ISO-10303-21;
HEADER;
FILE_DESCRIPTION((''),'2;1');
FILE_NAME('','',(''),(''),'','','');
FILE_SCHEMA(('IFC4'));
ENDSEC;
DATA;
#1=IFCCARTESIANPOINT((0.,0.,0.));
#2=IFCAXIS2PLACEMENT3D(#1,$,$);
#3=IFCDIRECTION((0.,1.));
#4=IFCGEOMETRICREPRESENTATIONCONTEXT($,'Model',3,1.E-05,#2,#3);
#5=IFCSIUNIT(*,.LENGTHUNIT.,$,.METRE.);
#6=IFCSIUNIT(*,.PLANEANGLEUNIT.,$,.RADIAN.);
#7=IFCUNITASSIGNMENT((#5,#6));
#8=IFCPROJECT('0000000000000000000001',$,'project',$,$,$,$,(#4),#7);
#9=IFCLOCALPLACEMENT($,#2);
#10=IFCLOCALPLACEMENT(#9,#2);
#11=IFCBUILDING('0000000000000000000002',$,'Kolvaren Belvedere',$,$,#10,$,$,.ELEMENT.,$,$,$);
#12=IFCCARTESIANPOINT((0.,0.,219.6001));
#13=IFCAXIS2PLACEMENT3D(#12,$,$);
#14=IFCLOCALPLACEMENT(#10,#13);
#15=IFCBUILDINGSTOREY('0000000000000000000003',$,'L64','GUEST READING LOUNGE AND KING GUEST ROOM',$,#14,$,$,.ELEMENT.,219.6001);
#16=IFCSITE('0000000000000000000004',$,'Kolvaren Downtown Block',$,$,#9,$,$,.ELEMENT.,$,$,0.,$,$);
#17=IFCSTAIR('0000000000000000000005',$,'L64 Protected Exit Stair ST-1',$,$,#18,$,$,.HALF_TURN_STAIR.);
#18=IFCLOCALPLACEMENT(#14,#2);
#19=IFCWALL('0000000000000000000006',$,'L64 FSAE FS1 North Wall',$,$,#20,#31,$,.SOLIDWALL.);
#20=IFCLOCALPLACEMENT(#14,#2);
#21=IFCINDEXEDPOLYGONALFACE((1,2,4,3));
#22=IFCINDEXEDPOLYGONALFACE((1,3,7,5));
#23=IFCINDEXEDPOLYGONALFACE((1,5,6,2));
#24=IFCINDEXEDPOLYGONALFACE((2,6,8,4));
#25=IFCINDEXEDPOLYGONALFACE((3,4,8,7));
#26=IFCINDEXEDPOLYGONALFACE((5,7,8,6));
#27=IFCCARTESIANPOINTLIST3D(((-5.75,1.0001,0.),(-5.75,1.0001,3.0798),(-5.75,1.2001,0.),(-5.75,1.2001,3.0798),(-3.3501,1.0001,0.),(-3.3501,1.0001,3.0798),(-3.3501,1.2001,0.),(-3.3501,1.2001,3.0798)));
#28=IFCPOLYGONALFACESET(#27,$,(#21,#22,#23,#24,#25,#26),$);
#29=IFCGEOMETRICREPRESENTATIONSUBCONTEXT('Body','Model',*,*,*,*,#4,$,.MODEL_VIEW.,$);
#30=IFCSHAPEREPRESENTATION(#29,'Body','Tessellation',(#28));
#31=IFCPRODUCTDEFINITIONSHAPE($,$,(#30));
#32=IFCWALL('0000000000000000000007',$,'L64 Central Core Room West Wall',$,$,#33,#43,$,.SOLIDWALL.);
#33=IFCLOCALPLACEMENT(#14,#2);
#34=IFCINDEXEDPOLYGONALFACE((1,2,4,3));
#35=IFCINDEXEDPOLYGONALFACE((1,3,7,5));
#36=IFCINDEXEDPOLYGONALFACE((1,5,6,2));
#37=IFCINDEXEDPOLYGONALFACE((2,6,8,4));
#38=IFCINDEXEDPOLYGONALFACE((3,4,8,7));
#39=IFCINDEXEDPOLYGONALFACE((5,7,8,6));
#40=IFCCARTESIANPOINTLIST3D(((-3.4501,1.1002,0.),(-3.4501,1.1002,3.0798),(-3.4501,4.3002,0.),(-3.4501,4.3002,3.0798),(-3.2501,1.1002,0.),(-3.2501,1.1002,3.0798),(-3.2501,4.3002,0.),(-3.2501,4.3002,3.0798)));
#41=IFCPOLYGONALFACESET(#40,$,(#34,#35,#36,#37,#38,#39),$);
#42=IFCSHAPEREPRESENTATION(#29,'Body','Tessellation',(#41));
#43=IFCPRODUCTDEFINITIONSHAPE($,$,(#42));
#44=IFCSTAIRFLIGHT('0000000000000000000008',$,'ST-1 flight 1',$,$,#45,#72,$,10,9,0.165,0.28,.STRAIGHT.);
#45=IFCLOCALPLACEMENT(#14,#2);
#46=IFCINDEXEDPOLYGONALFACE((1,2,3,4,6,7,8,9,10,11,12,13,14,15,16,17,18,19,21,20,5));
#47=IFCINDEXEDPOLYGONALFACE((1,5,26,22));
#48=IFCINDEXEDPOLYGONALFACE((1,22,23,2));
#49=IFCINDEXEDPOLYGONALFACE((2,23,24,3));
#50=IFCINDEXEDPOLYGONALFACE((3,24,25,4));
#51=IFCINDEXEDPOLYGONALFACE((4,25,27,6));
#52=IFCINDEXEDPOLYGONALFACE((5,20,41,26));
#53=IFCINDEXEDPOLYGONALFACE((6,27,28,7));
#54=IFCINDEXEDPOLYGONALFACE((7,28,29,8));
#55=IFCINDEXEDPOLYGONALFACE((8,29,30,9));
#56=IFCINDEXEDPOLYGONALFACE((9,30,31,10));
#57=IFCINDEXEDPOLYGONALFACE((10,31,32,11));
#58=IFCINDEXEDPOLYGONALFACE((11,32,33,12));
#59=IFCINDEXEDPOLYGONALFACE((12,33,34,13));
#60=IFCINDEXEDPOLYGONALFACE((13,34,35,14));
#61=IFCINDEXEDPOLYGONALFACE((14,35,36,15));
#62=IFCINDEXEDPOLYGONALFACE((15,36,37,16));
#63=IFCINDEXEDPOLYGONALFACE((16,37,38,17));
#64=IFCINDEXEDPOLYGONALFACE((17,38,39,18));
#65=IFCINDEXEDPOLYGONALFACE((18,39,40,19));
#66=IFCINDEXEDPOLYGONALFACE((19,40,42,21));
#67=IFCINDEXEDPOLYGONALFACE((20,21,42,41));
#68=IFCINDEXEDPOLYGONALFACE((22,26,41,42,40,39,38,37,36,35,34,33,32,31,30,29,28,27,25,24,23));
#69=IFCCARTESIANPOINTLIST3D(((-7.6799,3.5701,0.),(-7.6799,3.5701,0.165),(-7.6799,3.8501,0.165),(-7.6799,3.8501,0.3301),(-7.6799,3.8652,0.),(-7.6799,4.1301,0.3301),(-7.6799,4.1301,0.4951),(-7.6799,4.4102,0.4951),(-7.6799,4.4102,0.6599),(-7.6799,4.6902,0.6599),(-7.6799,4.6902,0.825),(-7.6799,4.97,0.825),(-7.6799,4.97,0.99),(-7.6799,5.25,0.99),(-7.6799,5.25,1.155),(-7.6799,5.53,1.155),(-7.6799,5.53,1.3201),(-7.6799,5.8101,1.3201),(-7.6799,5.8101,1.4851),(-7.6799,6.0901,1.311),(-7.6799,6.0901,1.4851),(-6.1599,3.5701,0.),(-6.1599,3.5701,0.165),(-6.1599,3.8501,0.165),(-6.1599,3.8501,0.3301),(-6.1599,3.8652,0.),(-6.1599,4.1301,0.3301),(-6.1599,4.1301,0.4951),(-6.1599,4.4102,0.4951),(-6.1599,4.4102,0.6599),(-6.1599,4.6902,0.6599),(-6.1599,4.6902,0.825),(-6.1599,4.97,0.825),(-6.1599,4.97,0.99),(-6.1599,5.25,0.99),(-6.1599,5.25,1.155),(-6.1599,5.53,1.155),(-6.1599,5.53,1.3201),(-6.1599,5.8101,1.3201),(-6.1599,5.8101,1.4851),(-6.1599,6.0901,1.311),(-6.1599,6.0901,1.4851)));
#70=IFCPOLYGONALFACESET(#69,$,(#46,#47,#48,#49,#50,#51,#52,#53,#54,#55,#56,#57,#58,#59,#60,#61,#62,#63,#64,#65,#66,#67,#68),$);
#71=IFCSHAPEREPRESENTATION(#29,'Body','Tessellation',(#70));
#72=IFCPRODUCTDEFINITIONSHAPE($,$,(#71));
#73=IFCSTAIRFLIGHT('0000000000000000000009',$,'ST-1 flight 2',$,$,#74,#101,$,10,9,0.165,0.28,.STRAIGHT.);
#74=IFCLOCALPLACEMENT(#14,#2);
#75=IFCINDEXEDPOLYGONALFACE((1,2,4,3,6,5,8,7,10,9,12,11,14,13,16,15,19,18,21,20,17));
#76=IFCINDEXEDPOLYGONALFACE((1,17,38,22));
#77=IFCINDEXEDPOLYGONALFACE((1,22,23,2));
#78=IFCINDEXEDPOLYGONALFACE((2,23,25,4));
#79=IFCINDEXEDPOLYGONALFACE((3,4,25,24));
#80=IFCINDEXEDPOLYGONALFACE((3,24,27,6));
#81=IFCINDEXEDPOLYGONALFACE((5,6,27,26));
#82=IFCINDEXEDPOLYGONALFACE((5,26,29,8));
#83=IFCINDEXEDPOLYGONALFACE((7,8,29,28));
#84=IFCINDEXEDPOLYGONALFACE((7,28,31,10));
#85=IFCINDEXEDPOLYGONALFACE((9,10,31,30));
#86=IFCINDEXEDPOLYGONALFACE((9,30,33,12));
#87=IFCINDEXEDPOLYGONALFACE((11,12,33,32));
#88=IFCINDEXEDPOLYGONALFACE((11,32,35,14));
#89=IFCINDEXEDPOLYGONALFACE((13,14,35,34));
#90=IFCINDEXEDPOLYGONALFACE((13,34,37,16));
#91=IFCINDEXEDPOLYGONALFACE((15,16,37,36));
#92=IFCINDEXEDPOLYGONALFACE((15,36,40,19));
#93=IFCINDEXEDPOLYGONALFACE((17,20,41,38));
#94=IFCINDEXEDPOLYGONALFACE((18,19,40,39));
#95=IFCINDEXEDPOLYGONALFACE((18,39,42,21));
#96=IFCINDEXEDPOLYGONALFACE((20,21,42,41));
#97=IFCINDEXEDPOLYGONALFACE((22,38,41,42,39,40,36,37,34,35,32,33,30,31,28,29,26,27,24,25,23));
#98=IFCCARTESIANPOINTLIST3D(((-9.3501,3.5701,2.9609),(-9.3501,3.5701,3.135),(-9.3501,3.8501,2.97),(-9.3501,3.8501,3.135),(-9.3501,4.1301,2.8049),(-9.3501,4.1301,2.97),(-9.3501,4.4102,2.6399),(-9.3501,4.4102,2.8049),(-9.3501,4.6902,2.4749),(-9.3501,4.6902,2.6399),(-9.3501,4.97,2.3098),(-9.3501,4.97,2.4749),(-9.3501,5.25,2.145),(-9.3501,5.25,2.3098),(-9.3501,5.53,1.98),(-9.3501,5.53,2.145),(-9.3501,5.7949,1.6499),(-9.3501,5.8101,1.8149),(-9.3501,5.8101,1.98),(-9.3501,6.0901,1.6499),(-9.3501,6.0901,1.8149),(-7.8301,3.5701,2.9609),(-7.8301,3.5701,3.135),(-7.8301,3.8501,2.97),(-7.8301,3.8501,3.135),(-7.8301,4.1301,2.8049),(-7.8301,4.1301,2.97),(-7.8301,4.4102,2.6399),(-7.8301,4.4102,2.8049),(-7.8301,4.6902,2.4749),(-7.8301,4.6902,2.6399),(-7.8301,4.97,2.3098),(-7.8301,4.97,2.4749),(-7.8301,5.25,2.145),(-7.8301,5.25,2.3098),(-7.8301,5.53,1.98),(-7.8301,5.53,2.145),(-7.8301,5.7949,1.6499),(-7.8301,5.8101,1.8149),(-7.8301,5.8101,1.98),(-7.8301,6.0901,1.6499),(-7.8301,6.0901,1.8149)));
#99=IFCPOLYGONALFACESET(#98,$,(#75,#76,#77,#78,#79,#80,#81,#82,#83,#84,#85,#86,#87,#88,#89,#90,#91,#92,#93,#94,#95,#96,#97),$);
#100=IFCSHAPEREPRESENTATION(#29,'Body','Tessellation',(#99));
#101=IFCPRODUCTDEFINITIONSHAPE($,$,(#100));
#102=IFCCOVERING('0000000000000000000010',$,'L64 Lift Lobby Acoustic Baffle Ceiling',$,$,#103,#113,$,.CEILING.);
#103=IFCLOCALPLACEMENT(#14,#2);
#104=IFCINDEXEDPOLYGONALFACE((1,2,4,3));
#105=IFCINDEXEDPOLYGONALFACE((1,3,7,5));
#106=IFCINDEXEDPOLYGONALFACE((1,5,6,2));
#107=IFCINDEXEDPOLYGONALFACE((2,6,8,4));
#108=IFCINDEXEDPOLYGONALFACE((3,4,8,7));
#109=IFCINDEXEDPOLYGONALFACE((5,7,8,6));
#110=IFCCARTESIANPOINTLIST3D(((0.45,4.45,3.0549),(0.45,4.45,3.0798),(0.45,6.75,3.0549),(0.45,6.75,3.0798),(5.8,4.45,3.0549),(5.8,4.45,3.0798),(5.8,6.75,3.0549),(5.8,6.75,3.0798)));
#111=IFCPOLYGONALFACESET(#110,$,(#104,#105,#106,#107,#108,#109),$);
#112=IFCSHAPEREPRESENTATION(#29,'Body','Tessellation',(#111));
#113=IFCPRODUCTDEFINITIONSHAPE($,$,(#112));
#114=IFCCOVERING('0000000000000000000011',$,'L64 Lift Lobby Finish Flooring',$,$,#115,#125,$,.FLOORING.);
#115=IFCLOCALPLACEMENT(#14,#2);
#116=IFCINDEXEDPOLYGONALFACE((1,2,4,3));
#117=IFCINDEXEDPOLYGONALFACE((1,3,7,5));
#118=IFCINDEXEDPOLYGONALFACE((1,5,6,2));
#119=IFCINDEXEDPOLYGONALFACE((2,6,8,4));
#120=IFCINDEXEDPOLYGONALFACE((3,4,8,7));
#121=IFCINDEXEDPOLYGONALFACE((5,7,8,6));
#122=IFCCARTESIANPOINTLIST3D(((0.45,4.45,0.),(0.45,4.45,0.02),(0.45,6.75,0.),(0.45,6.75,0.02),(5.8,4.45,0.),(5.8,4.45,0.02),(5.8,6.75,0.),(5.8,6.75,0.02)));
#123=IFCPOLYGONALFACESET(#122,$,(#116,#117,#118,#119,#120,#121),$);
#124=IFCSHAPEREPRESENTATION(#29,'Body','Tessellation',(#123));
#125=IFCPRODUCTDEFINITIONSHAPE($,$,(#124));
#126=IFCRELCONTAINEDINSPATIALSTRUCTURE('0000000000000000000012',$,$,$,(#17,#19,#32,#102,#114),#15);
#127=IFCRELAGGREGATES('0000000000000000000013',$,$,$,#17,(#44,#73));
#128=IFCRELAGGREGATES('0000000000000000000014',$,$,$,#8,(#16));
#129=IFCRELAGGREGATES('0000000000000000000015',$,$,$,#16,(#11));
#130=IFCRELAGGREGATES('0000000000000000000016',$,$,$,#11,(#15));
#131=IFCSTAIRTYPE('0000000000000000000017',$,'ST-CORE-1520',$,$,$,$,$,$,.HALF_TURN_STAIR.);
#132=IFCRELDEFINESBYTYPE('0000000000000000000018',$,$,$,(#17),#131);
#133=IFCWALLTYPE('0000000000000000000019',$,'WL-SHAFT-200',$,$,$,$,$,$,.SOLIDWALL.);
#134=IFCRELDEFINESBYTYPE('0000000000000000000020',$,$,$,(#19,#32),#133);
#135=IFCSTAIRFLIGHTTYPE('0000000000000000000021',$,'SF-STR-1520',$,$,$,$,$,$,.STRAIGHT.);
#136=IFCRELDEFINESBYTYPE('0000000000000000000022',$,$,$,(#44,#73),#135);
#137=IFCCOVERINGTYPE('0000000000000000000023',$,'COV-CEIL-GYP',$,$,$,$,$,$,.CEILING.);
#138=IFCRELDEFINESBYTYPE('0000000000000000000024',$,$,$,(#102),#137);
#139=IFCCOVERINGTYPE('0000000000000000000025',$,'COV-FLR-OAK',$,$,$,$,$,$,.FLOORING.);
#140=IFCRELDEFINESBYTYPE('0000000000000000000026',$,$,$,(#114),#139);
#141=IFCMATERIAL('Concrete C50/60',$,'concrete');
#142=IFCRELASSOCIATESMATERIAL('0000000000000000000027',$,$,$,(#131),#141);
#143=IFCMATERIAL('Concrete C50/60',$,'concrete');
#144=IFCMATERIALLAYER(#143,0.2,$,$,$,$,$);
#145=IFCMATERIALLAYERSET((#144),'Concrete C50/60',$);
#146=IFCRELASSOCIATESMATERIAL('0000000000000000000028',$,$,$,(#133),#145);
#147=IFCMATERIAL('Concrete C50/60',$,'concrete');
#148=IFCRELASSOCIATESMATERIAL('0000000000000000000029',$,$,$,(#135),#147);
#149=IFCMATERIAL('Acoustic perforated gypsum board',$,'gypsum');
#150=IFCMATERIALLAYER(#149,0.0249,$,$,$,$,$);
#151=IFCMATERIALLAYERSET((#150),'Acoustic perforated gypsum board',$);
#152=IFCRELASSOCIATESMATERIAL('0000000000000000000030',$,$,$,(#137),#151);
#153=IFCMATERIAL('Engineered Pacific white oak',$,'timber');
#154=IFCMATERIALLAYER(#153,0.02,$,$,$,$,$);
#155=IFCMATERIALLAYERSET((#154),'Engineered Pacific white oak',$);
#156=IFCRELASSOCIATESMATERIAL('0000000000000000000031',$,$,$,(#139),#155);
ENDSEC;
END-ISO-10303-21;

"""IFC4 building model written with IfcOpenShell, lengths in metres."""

from ifc_helpers import new_model, si_unit, direction, frame, frame_2d, origin, place, context, subcontext, project, spatial, polyline, rectangle, outline, extrude, material, layer, layer_set, type_object, element, aggregate, save


model = new_model("IFC4")

# Units and contexts
model_context = context("Model", 3, precision=1e-05, world=origin(), true_north=direction((0.0, 1.0)))
body_context = subcontext(model_context, "Body", "Model", "MODEL_VIEW")
ifc_project = project(units=[si_unit("LENGTHUNIT", "METRE"), si_unit("PLANEANGLEUNIT", "RADIAN")], contexts=[model_context])

# Site, building, storey
site_placement = place(None, origin())
site = spatial("IfcSite", under=ifc_project, at=site_placement, Name="Kolvaren Downtown Block", CompositionType="ELEMENT", RefElevation=0.0)
building_placement = place(site_placement, origin())
building = spatial("IfcBuilding", under=site, at=building_placement, Name="Kolvaren Belvedere", CompositionType="ELEMENT")
storey_placement = place(building_placement, frame((0.0, 0.0, 219.6001)))
storey = spatial("IfcBuildingStorey", under=building, at=storey_placement, Name="L64", Description="GUEST READING LOUNGE AND KING GUEST ROOM", CompositionType="ELEMENT", Elevation=219.6001)

# Stair
ifc_material_1 = material(Name="Concrete C50/60", Category="concrete")
stair_type = type_object("IfcStairType", Name="ST-CORE-1520", PredefinedType="HALF_TURN_STAIR", material=ifc_material_1)
stair_1_placement = place(storey_placement, origin())
stair_1 = element("IfcStair", 1, at=stair_1_placement, inside=storey, type_object=stair_type, Name="L64 Protected Exit Stair ST-1", PredefinedType="HALF_TURN_STAIR")

# Walls
ifc_material_2 = material(Name="Concrete C50/60", Category="concrete")
ifc_layer_1 = layer(ifc_material_2, 0.2)
ifc_layer_set_1 = layer_set([ifc_layer_1], Name="Concrete C50/60")
wall_type_1 = type_object("IfcWallType", Name="WL-SHAFT-200", PredefinedType="SOLIDWALL", material=ifc_layer_set_1)
wall_1_placement = place(storey_placement, frame((-5.75, 1.1001, 0.0), z_axis=(0.0, 0.0, 1.0), x_axis=(1.0, 0.0, 0.0)))
element("IfcWall", 2, at=wall_1_placement, inside=storey, type_object=wall_type_1, Name="L64 FSAE FS1 North Wall", PredefinedType="SOLIDWALL", context=body_context, shape_type="SweptSolid", body=[
    extrude(rectangle(XDim=2.3999, YDim=0.2, at=frame_2d((1.2, 0.0))), origin(), (0.0, 0.0, 1.0), 3.0798),
])
wall_2_placement = place(storey_placement, frame((-3.3501, 1.1001, 0.0), z_axis=(0.0, 0.0, 1.0), x_axis=(0.0, 1.0, 0.0)))
element("IfcWall", 3, at=wall_2_placement, inside=storey, type_object=wall_type_1, Name="L64 Central Core Room West Wall", PredefinedType="SOLIDWALL", context=body_context, shape_type="SweptSolid", body=[
    extrude(rectangle(XDim=3.2, YDim=0.2, at=frame_2d((1.6001, 0.0))), origin(), (0.0, 0.0, 1.0), 3.0798),
])

# Stair flights
ifc_material_3 = material(Name="Concrete C50/60", Category="concrete")
stair_flight_type = type_object("IfcStairFlightType", Name="SF-STR-1520", PredefinedType="STRAIGHT", material=ifc_material_3)
stair_flight_1_placement = place(storey_placement, frame((-6.9199, 3.5701, 0.0), z_axis=(0.0, 0.0, 1.0), x_axis=(0.0, 1.0, 0.0)))
stair_flight_1 = element("IfcStairFlight", 4, at=stair_flight_1_placement, type_object=stair_flight_type, Name="ST-1 flight 1", NumberOfRisers=10, NumberOfTreads=9, PredefinedType="STRAIGHT", RiserHeight=0.165, TreadLength=0.28, context=body_context, shape_type="SweptSolid", body=[
    extrude(outline(polyline([(0.0, 0.0), (0.0, 0.165), (0.28, 0.165), (0.28, 0.3301), (0.5601, 0.3301), (0.5601, 0.4951), (0.8401, 0.4951), (0.8401, 0.6599), (1.1201, 0.6599), (1.1201, 0.825), (1.3999, 0.825), (1.3999, 0.99), (1.6799, 0.99), (1.6799, 1.155), (1.96, 1.155), (1.96, 1.3201), (2.24, 1.3201), (2.24, 1.4851), (2.52, 1.4851), (2.52, 1.6499), (2.52, 1.311), (0.2952, 0.0), (0.0, 0.0)])), frame((0.0, 0.76, 0.0), z_axis=(0.0, -1.0, 0.0), x_axis=(1.0, 0.0, 0.0)), (0.0, 0.0, 1.0), 1.52),
])
stair_flight_2_placement = place(storey_placement, frame((-8.5901, 6.0901, 1.6499), z_axis=(0.0, 0.0, 1.0), x_axis=(0.0, -1.0, 0.0)))
stair_flight_2 = element("IfcStairFlight", 5, at=stair_flight_2_placement, type_object=stair_flight_type, Name="ST-1 flight 2", NumberOfRisers=10, NumberOfTreads=9, PredefinedType="STRAIGHT", RiserHeight=0.165, TreadLength=0.28, context=body_context, shape_type="SweptSolid", body=[
    extrude(outline(polyline([(0.0, 0.0), (0.0, 0.165), (0.28, 0.165), (0.28, 0.3301), (0.5601, 0.3301), (0.5601, 0.4951), (0.8401, 0.4951), (0.8401, 0.6599), (1.1201, 0.6599), (1.1201, 0.825), (1.3999, 0.825), (1.3999, 0.99), (1.6799, 0.99), (1.6799, 1.155), (1.96, 1.155), (1.96, 1.3201), (2.24, 1.3201), (2.24, 1.4851), (2.52, 1.4851), (2.52, 1.6499), (2.52, 1.311), (0.2952, 0.0), (0.0, 0.0)])), frame((0.0, 0.76, 0.0), z_axis=(0.0, -1.0, 0.0), x_axis=(1.0, 0.0, 0.0)), (0.0, 0.0, 1.0), 1.52),
])
aggregate(stair_1, [stair_flight_1, stair_flight_2])

# Coverings
ifc_material_4 = material(Name="Acoustic perforated gypsum board", Category="gypsum")
ifc_layer_2 = layer(ifc_material_4, 0.0249)
ifc_layer_set_2 = layer_set([ifc_layer_2], Name="Acoustic perforated gypsum board")
covering_type_1 = type_object("IfcCoveringType", Name="COV-CEIL-GYP", PredefinedType="CEILING", material=ifc_layer_set_2)
covering_1_placement = place(storey_placement, frame((0.0, 0.0, 3.0549)))
element("IfcCovering", 6, at=covering_1_placement, inside=storey, type_object=covering_type_1, Name="L64 Lift Lobby Acoustic Baffle Ceiling", PredefinedType="CEILING", context=body_context, shape_type="SweptSolid", body=[
    extrude(outline(polyline([(0.45, 4.45), (5.8, 4.45), (5.8, 6.75), (0.45, 6.75), (0.45, 4.45)])), origin(), (0.0, 0.0, 1.0), 0.0249),
])
ifc_material_5 = material(Name="Engineered Pacific white oak", Category="timber")
ifc_layer_3 = layer(ifc_material_5, 0.02)
ifc_layer_set_3 = layer_set([ifc_layer_3], Name="Engineered Pacific white oak")
covering_type_2 = type_object("IfcCoveringType", Name="COV-FLR-OAK", PredefinedType="FLOORING", material=ifc_layer_set_3)
covering_2_placement = place(storey_placement, origin())
element("IfcCovering", 7, at=covering_2_placement, inside=storey, type_object=covering_type_2, Name="L64 Lift Lobby Finish Flooring", PredefinedType="FLOORING", context=body_context, shape_type="SweptSolid", body=[
    extrude(outline(polyline([(0.45, 4.45), (5.8, 4.45), (5.8, 6.75), (0.45, 6.75), (0.45, 4.45)])), origin(), (0.0, 0.0, 1.0), 0.02),
])

save(model, "model.ifc")
